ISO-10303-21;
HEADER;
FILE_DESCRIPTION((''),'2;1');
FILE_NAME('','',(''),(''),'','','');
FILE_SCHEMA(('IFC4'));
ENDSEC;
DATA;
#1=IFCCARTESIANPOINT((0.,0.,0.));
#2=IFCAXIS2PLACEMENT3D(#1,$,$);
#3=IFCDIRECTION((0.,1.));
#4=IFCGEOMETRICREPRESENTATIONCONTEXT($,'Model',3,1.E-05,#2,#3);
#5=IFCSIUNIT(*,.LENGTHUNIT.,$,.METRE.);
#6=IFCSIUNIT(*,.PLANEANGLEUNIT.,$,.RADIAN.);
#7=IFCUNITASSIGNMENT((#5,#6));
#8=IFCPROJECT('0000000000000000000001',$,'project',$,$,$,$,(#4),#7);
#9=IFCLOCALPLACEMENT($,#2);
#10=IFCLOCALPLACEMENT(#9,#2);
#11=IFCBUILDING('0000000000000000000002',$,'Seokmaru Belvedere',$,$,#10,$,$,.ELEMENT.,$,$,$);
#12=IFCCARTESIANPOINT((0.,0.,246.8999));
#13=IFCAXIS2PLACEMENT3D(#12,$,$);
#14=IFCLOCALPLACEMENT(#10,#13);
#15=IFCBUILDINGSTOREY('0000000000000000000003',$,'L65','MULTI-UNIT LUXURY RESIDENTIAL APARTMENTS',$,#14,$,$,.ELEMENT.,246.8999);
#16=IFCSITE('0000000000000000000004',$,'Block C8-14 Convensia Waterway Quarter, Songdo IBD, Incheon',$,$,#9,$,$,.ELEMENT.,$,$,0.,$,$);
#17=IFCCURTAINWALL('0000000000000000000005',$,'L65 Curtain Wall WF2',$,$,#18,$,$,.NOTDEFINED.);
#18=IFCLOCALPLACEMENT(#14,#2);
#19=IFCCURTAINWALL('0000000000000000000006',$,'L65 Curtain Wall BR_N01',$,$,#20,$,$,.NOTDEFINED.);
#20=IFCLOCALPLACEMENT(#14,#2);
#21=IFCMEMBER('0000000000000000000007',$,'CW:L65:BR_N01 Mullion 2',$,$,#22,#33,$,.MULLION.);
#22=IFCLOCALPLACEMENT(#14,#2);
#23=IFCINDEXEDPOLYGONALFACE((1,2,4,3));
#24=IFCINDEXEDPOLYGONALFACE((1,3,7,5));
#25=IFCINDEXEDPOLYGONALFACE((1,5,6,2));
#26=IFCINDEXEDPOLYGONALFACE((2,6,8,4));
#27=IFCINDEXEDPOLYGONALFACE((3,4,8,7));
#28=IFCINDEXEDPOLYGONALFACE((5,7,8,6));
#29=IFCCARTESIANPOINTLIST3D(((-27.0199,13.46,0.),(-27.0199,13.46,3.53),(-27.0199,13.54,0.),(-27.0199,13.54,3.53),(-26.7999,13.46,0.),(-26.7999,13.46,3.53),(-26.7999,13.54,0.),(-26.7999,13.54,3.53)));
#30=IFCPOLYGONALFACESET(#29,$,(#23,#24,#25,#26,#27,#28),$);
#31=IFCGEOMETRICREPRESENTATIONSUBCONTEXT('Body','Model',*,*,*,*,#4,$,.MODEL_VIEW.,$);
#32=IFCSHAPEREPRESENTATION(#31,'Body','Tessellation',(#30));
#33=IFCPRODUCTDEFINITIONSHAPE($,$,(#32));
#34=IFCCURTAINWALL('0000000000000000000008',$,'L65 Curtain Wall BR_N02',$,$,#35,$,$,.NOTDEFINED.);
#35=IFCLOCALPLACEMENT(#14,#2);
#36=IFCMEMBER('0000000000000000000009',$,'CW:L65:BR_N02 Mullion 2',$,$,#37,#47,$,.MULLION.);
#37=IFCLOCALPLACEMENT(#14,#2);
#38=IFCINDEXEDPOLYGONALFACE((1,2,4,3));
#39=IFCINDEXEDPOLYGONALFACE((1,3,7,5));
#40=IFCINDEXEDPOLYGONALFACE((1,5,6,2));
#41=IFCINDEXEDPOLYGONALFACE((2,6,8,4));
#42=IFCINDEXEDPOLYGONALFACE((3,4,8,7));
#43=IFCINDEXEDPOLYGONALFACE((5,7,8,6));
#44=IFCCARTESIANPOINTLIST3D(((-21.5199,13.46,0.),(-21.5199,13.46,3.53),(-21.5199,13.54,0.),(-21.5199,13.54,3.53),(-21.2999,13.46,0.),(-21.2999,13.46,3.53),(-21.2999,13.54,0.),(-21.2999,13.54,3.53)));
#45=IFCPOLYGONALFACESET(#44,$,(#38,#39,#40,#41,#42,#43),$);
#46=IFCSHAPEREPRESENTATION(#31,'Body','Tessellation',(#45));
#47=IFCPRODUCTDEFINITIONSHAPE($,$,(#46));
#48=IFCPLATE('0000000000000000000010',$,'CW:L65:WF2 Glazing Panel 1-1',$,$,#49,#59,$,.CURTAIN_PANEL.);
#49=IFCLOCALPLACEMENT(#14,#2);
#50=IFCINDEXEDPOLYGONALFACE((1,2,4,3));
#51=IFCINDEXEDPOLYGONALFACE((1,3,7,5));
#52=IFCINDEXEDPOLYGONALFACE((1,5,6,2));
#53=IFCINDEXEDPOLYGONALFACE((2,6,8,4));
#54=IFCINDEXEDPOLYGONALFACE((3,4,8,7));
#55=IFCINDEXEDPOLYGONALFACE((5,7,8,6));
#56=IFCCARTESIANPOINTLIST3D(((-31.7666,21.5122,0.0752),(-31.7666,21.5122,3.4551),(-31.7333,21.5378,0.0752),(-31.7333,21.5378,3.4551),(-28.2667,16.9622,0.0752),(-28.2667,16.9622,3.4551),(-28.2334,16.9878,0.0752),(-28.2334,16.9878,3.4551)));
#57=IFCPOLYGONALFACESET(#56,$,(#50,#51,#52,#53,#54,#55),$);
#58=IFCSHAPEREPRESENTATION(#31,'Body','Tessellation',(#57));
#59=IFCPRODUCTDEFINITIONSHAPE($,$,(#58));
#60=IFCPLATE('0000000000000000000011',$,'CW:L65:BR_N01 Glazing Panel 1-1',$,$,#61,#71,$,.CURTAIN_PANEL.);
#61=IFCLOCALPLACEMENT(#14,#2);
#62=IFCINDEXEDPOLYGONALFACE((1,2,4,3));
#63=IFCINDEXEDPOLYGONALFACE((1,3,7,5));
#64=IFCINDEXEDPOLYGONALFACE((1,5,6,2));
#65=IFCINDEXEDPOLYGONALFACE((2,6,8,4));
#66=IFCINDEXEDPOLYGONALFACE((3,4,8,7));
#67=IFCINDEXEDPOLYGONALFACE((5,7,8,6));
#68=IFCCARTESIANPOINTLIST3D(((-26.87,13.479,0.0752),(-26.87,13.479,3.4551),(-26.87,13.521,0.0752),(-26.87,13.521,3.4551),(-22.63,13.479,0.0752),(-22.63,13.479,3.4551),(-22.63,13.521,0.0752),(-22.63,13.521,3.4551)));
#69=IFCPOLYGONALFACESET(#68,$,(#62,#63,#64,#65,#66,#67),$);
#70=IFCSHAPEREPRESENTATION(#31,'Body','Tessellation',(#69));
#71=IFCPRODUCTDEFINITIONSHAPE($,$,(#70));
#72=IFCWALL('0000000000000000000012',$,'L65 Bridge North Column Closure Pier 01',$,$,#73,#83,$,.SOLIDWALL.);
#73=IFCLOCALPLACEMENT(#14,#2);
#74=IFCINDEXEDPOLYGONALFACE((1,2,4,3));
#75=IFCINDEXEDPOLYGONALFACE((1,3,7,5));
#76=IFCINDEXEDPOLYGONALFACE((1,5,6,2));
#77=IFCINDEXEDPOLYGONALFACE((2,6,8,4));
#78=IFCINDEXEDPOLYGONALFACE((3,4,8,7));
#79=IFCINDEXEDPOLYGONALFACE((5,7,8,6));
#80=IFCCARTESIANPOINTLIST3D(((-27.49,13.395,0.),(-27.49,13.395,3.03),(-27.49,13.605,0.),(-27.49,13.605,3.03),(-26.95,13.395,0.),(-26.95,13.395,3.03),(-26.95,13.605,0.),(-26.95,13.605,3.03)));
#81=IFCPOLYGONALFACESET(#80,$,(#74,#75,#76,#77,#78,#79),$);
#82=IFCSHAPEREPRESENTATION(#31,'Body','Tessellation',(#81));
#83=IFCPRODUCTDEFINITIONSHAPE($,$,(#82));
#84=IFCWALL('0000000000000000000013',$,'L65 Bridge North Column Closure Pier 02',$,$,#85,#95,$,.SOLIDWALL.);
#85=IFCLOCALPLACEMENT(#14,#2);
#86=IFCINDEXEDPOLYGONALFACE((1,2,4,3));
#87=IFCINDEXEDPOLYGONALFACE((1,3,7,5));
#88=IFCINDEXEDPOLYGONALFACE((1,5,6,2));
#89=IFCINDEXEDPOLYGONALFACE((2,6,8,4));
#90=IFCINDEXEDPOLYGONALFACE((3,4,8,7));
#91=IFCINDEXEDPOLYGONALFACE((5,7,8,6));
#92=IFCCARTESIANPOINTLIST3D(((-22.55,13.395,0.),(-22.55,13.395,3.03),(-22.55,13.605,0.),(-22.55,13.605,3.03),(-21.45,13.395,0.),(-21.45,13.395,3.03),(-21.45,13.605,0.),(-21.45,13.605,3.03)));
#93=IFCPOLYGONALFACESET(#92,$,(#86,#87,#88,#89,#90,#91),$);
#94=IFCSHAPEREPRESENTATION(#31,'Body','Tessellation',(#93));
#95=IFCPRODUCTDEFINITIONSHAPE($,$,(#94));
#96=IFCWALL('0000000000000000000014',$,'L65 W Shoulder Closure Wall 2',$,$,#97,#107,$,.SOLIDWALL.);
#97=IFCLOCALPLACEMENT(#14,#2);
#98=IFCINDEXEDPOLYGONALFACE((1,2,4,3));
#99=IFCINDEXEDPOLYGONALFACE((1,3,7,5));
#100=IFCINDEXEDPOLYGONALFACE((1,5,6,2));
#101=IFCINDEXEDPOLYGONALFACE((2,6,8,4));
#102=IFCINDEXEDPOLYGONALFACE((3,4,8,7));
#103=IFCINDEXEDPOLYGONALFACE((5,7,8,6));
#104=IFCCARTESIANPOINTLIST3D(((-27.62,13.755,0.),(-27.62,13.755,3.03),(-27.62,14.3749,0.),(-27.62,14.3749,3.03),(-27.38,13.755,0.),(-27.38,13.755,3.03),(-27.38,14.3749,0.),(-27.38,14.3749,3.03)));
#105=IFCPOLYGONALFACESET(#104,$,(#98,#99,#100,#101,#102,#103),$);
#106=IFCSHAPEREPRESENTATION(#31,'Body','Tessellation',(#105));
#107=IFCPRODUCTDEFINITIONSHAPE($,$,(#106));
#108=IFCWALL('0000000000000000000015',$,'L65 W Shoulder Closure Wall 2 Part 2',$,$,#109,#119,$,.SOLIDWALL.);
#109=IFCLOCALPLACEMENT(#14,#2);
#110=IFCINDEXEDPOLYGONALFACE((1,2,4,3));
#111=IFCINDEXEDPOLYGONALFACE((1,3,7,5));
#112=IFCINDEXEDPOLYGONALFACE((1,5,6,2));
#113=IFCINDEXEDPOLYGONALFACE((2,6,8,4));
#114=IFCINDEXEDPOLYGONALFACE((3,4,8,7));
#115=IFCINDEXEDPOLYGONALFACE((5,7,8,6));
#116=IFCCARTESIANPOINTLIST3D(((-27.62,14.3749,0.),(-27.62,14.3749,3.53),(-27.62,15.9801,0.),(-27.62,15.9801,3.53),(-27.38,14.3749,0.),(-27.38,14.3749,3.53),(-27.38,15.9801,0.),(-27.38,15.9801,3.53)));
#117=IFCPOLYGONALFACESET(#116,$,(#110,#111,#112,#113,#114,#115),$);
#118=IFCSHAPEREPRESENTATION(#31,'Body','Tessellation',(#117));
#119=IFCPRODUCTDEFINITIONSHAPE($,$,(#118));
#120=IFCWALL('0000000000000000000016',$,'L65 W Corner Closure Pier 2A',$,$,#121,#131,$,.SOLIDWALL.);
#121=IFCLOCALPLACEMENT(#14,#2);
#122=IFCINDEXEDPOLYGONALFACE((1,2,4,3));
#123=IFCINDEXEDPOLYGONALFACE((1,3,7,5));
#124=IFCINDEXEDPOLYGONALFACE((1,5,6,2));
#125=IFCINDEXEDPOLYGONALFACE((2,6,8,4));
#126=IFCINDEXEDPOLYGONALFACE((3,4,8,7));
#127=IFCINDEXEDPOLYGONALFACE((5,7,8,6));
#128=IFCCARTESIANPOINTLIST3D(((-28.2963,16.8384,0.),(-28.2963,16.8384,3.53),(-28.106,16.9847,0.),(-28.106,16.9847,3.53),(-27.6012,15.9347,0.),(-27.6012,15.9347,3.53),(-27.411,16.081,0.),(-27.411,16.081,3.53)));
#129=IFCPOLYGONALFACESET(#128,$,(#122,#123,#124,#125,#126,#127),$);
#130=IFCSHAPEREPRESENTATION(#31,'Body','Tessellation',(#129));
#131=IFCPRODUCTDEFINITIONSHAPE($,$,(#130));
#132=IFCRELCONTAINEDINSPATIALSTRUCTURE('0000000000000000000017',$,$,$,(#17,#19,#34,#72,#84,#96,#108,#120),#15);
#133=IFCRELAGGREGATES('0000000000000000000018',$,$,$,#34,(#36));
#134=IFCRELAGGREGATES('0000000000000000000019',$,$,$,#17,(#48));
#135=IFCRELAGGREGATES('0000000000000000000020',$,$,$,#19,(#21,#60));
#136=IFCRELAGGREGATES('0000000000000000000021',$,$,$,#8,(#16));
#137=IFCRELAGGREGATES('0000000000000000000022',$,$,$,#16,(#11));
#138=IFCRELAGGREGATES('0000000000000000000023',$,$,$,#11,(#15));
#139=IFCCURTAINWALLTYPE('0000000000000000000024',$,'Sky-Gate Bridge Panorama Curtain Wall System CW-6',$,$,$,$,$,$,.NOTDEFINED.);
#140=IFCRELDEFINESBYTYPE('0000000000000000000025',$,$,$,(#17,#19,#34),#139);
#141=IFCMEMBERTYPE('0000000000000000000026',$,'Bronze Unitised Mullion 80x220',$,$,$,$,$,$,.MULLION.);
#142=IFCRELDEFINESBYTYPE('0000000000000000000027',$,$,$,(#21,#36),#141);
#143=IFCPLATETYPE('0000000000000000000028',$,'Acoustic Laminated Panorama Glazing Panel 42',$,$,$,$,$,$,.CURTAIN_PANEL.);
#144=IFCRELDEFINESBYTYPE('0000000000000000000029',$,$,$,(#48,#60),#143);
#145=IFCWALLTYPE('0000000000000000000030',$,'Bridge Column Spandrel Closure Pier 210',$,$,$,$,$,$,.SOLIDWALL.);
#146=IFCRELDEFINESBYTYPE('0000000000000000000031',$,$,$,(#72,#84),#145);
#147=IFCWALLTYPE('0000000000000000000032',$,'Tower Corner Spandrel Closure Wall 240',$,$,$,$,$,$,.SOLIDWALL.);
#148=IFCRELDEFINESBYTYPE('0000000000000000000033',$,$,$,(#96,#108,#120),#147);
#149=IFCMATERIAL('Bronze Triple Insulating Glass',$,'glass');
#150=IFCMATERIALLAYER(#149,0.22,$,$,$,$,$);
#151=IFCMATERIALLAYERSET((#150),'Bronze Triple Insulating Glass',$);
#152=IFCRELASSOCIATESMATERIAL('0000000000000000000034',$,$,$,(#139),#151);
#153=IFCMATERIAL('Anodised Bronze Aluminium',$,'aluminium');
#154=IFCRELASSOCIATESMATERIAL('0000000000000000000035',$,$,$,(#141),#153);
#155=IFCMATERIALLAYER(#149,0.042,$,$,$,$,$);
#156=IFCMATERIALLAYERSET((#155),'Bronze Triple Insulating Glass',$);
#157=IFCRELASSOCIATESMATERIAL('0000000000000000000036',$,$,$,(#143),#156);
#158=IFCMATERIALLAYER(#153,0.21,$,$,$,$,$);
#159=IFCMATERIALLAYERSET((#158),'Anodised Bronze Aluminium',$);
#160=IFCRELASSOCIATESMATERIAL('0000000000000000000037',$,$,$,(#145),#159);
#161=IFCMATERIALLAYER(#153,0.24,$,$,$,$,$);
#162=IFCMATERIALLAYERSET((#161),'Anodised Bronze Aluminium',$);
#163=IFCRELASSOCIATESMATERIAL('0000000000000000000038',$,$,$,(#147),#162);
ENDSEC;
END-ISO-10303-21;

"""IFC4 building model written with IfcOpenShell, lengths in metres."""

from ifc_helpers import new_model, si_unit, direction, frame, frame_2d, origin, origin_2d, place, context, subcontext, project, spatial, rectangle, extrude, source, transform, mapped, material, layer, layer_set, material_profile, profile_set, type_object, type_shapes, element, aggregate, save


model = new_model("IFC4")

# Units and contexts
model_context = context("Model", 3, precision=1e-05, world=origin(), true_north=direction((0.0, 1.0)))
body_context = subcontext(model_context, "Body", "Model", "MODEL_VIEW")
ifc_project = project(units=[si_unit("LENGTHUNIT", "METRE"), si_unit("PLANEANGLEUNIT", "RADIAN")], contexts=[model_context])

# Site, building, storey
site_placement = place(None, origin())
site = spatial("IfcSite", under=ifc_project, at=site_placement, Name="Block C8-14 Convensia Waterway Quarter, Songdo IBD, Incheon", CompositionType="ELEMENT", RefElevation=0.0)
building_placement = place(site_placement, origin())
building = spatial("IfcBuilding", under=site, at=building_placement, Name="Seokmaru Belvedere", CompositionType="ELEMENT")
storey_placement = place(building_placement, frame((0.0, 0.0, 246.8999)))
storey = spatial("IfcBuildingStorey", under=building, at=storey_placement, Name="L65", Description="MULTI-UNIT LUXURY RESIDENTIAL APARTMENTS", CompositionType="ELEMENT", Elevation=246.8999)

# Curtain walls
ifc_material_1 = material(Name="Bronze Triple Insulating Glass", Category="glass")
ifc_layer_1 = layer(ifc_material_1, 0.22)
ifc_layer_set_1 = layer_set([ifc_layer_1], Name="Bronze Triple Insulating Glass")
curtain_wall_type = type_object("IfcCurtainWallType", Name="Sky-Gate Bridge Panorama Curtain Wall System CW-6", PredefinedType="NOTDEFINED", material=ifc_layer_set_1)
curtain_wall_1_placement = place(storey_placement, origin())
curtain_wall_1 = element("IfcCurtainWall", 1, at=curtain_wall_1_placement, inside=storey, type_object=curtain_wall_type, Name="L65 Curtain Wall WF2", PredefinedType="NOTDEFINED")
ifc_material_2 = material(Name="Anodised Bronze Aluminium", Category="aluminium")
curtain_wall_2_placement = place(storey_placement, origin())
curtain_wall_2 = element("IfcCurtainWall", 2, at=curtain_wall_2_placement, inside=storey, type_object=curtain_wall_type, Name="L65 Curtain Wall BR_N01", PredefinedType="NOTDEFINED")

# Member
ifc_material_profile_1 = material_profile(ifc_material_2, rectangle(XDim=0.0801, YDim=0.22, at=origin_2d()), Name="CW-M-80x220")
ifc_profile_set_1 = profile_set([ifc_material_profile_1], Name="Anodised Bronze Aluminium")
member_type_1 = type_object("IfcMemberType", Name="Bronze Unitised Mullion 80x220", PredefinedType="MULLION", material=ifc_profile_set_1)
shared_shape_1 = source(origin(), body_context, "Body", "SweptSolid", [
    extrude(rectangle(XDim=0.0801, YDim=0.22, at=origin_2d()), origin(), (0.0, 0.0, 1.0), 3.53),
])
type_shapes(member_type_1, [shared_shape_1])
member_1_placement = place(storey_placement, frame((-26.9099, 13.5, 0.0), z_axis=(0.0, 0.0, 1.0), x_axis=(0.0, -1.0, 0.0)))
member_1 = element("IfcMember", 3, at=member_1_placement, type_object=member_type_1, Name="CW:L65:BR_N01 Mullion 2", PredefinedType="MULLION", context=body_context, shape_type="MappedRepresentation", body=[
    mapped(shared_shape_1, transform((0.0, 0.0, 0.0), scale=1.0)),
])

# Curtain wall, member
curtain_wall_3_placement = place(storey_placement, origin())
curtain_wall_3 = element("IfcCurtainWall", 4, at=curtain_wall_3_placement, inside=storey, type_object=curtain_wall_type, Name="L65 Curtain Wall BR_N02", PredefinedType="NOTDEFINED")
member_2_placement = place(storey_placement, frame((-21.4099, 13.5, 0.0), z_axis=(0.0, 0.0, 1.0), x_axis=(0.0, -1.0, 0.0)))
member_2 = element("IfcMember", 5, at=member_2_placement, type_object=member_type_1, Name="CW:L65:BR_N02 Mullion 2", PredefinedType="MULLION", context=body_context, shape_type="MappedRepresentation", body=[
    mapped(shared_shape_1, transform((0.0, 0.0, 0.0), scale=1.0)),
])
aggregate(curtain_wall_3, [member_2])

# Plates
ifc_layer_2 = layer(ifc_material_1, 0.042)
ifc_layer_set_2 = layer_set([ifc_layer_2], Name="Bronze Triple Insulating Glass")
plate_type = type_object("IfcPlateType", Name="Acoustic Laminated Panorama Glazing Panel 42", PredefinedType="CURTAIN_PANEL", material=ifc_layer_set_2)
shared_shape_2 = source(origin(), body_context, "Body", "SweptSolid", [
    extrude(rectangle(XDim=5.7405, YDim=0.042, at=origin_2d()), origin(), (0.0, 0.0, 1.0), 3.3799),
])
plate_1_placement = place(storey_placement, frame((-30.0, 19.25, 0.0752), z_axis=(0.0, 0.0, 1.0), x_axis=(-0.609701, 0.792631, 0.0)))
plate_1 = element("IfcPlate", 6, at=plate_1_placement, type_object=plate_type, Name="CW:L65:WF2 Glazing Panel 1-1", PredefinedType="CURTAIN_PANEL", context=body_context, shape_type="MappedRepresentation", body=[
    mapped(shared_shape_2, transform((0.0, 0.0, 0.0), scale=1.0)),
])
aggregate(curtain_wall_1, [plate_1])
shared_shape_3 = source(origin(), body_context, "Body", "SweptSolid", [
    extrude(rectangle(XDim=4.24, YDim=0.042, at=origin_2d()), origin(), (0.0, 0.0, 1.0), 3.3799),
])
type_shapes(plate_type, [shared_shape_2, shared_shape_3])
plate_2_placement = place(storey_placement, frame((-24.75, 13.5, 0.0752), z_axis=(0.0, 0.0, 1.0), x_axis=(-1.0, 0.0, 0.0)))
plate_2 = element("IfcPlate", 7, at=plate_2_placement, type_object=plate_type, Name="CW:L65:BR_N01 Glazing Panel 1-1", PredefinedType="CURTAIN_PANEL", context=body_context, shape_type="MappedRepresentation", body=[
    mapped(shared_shape_3, transform((0.0, 0.0, 0.0), scale=1.0)),
])
aggregate(curtain_wall_2, [member_1, plate_2])

# Walls
ifc_layer_3 = layer(ifc_material_2, 0.21)
ifc_layer_set_3 = layer_set([ifc_layer_3], Name="Anodised Bronze Aluminium")
wall_type_1 = type_object("IfcWallType", Name="Bridge Column Spandrel Closure Pier 210", PredefinedType="SOLIDWALL", material=ifc_layer_set_3)
wall_1_placement = place(storey_placement, frame((-27.49, 13.5, 0.0), z_axis=(0.0, 0.0, 1.0), x_axis=(1.0, 0.0, 0.0)))
element("IfcWall", 8, at=wall_1_placement, inside=storey, type_object=wall_type_1, Name="L65 Bridge North Column Closure Pier 01", PredefinedType="SOLIDWALL", context=body_context, shape_type="SweptSolid", body=[
    extrude(rectangle(XDim=0.54, YDim=0.21, at=frame_2d((0.27, 0.0))), origin(), (0.0, 0.0, 1.0), 3.03),
])
wall_2_placement = place(storey_placement, frame((-22.55, 13.5, 0.0), z_axis=(0.0, 0.0, 1.0), x_axis=(1.0, 0.0, 0.0)))
element("IfcWall", 9, at=wall_2_placement, inside=storey, type_object=wall_type_1, Name="L65 Bridge North Column Closure Pier 02", PredefinedType="SOLIDWALL", context=body_context, shape_type="SweptSolid", body=[
    extrude(rectangle(XDim=1.1001, YDim=0.21, at=frame_2d((0.55, 0.0))), origin(), (0.0, 0.0, 1.0), 3.03),
])
ifc_layer_4 = layer(ifc_material_2, 0.24)
ifc_layer_set_4 = layer_set([ifc_layer_4], Name="Anodised Bronze Aluminium")
wall_type_2 = type_object("IfcWallType", Name="Tower Corner Spandrel Closure Wall 240", PredefinedType="SOLIDWALL", material=ifc_layer_set_4)
wall_3_placement = place(storey_placement, frame((-27.5, 13.7549, 0.0), z_axis=(0.0, 0.0, 1.0), x_axis=(0.0, 1.0, 0.0)))
element("IfcWall", 10, at=wall_3_placement, inside=storey, type_object=wall_type_2, Name="L65 W Shoulder Closure Wall 2", PredefinedType="SOLIDWALL", context=body_context, shape_type="SweptSolid", body=[
    extrude(rectangle(XDim=0.6199, YDim=0.24, at=frame_2d((0.3101, 0.0))), origin(), (0.0, 0.0, 1.0), 3.03),
])
wall_4_placement = place(storey_placement, frame((-27.5, 14.3748, 0.0), z_axis=(0.0, 0.0, 1.0), x_axis=(0.0, 1.0, 0.0)))
element("IfcWall", 11, at=wall_4_placement, inside=storey, type_object=wall_type_2, Name="L65 W Shoulder Closure Wall 2 Part 2", PredefinedType="SOLIDWALL", context=body_context, shape_type="SweptSolid", body=[
    extrude(rectangle(XDim=1.6052, YDim=0.24, at=frame_2d((0.8027, 0.0))), origin(), (0.0, 0.0, 1.0), 3.53),
])
wall_5_placement = place(storey_placement, frame((-27.5061, 16.0078, 0.0), z_axis=(0.0, 0.0, 1.0), x_axis=(-0.609618, 0.792696, 0.0)))
element("IfcWall", 12, at=wall_5_placement, inside=storey, type_object=wall_type_2, Name="L65 W Corner Closure Pier 2A", PredefinedType="SOLIDWALL", context=body_context, shape_type="SweptSolid", body=[
    extrude(rectangle(XDim=1.1401, YDim=0.24, at=frame_2d((0.5701, 0.0))), origin(), (0.0, 0.0, 1.0), 3.53),
])

save(model, "model.ifc")
